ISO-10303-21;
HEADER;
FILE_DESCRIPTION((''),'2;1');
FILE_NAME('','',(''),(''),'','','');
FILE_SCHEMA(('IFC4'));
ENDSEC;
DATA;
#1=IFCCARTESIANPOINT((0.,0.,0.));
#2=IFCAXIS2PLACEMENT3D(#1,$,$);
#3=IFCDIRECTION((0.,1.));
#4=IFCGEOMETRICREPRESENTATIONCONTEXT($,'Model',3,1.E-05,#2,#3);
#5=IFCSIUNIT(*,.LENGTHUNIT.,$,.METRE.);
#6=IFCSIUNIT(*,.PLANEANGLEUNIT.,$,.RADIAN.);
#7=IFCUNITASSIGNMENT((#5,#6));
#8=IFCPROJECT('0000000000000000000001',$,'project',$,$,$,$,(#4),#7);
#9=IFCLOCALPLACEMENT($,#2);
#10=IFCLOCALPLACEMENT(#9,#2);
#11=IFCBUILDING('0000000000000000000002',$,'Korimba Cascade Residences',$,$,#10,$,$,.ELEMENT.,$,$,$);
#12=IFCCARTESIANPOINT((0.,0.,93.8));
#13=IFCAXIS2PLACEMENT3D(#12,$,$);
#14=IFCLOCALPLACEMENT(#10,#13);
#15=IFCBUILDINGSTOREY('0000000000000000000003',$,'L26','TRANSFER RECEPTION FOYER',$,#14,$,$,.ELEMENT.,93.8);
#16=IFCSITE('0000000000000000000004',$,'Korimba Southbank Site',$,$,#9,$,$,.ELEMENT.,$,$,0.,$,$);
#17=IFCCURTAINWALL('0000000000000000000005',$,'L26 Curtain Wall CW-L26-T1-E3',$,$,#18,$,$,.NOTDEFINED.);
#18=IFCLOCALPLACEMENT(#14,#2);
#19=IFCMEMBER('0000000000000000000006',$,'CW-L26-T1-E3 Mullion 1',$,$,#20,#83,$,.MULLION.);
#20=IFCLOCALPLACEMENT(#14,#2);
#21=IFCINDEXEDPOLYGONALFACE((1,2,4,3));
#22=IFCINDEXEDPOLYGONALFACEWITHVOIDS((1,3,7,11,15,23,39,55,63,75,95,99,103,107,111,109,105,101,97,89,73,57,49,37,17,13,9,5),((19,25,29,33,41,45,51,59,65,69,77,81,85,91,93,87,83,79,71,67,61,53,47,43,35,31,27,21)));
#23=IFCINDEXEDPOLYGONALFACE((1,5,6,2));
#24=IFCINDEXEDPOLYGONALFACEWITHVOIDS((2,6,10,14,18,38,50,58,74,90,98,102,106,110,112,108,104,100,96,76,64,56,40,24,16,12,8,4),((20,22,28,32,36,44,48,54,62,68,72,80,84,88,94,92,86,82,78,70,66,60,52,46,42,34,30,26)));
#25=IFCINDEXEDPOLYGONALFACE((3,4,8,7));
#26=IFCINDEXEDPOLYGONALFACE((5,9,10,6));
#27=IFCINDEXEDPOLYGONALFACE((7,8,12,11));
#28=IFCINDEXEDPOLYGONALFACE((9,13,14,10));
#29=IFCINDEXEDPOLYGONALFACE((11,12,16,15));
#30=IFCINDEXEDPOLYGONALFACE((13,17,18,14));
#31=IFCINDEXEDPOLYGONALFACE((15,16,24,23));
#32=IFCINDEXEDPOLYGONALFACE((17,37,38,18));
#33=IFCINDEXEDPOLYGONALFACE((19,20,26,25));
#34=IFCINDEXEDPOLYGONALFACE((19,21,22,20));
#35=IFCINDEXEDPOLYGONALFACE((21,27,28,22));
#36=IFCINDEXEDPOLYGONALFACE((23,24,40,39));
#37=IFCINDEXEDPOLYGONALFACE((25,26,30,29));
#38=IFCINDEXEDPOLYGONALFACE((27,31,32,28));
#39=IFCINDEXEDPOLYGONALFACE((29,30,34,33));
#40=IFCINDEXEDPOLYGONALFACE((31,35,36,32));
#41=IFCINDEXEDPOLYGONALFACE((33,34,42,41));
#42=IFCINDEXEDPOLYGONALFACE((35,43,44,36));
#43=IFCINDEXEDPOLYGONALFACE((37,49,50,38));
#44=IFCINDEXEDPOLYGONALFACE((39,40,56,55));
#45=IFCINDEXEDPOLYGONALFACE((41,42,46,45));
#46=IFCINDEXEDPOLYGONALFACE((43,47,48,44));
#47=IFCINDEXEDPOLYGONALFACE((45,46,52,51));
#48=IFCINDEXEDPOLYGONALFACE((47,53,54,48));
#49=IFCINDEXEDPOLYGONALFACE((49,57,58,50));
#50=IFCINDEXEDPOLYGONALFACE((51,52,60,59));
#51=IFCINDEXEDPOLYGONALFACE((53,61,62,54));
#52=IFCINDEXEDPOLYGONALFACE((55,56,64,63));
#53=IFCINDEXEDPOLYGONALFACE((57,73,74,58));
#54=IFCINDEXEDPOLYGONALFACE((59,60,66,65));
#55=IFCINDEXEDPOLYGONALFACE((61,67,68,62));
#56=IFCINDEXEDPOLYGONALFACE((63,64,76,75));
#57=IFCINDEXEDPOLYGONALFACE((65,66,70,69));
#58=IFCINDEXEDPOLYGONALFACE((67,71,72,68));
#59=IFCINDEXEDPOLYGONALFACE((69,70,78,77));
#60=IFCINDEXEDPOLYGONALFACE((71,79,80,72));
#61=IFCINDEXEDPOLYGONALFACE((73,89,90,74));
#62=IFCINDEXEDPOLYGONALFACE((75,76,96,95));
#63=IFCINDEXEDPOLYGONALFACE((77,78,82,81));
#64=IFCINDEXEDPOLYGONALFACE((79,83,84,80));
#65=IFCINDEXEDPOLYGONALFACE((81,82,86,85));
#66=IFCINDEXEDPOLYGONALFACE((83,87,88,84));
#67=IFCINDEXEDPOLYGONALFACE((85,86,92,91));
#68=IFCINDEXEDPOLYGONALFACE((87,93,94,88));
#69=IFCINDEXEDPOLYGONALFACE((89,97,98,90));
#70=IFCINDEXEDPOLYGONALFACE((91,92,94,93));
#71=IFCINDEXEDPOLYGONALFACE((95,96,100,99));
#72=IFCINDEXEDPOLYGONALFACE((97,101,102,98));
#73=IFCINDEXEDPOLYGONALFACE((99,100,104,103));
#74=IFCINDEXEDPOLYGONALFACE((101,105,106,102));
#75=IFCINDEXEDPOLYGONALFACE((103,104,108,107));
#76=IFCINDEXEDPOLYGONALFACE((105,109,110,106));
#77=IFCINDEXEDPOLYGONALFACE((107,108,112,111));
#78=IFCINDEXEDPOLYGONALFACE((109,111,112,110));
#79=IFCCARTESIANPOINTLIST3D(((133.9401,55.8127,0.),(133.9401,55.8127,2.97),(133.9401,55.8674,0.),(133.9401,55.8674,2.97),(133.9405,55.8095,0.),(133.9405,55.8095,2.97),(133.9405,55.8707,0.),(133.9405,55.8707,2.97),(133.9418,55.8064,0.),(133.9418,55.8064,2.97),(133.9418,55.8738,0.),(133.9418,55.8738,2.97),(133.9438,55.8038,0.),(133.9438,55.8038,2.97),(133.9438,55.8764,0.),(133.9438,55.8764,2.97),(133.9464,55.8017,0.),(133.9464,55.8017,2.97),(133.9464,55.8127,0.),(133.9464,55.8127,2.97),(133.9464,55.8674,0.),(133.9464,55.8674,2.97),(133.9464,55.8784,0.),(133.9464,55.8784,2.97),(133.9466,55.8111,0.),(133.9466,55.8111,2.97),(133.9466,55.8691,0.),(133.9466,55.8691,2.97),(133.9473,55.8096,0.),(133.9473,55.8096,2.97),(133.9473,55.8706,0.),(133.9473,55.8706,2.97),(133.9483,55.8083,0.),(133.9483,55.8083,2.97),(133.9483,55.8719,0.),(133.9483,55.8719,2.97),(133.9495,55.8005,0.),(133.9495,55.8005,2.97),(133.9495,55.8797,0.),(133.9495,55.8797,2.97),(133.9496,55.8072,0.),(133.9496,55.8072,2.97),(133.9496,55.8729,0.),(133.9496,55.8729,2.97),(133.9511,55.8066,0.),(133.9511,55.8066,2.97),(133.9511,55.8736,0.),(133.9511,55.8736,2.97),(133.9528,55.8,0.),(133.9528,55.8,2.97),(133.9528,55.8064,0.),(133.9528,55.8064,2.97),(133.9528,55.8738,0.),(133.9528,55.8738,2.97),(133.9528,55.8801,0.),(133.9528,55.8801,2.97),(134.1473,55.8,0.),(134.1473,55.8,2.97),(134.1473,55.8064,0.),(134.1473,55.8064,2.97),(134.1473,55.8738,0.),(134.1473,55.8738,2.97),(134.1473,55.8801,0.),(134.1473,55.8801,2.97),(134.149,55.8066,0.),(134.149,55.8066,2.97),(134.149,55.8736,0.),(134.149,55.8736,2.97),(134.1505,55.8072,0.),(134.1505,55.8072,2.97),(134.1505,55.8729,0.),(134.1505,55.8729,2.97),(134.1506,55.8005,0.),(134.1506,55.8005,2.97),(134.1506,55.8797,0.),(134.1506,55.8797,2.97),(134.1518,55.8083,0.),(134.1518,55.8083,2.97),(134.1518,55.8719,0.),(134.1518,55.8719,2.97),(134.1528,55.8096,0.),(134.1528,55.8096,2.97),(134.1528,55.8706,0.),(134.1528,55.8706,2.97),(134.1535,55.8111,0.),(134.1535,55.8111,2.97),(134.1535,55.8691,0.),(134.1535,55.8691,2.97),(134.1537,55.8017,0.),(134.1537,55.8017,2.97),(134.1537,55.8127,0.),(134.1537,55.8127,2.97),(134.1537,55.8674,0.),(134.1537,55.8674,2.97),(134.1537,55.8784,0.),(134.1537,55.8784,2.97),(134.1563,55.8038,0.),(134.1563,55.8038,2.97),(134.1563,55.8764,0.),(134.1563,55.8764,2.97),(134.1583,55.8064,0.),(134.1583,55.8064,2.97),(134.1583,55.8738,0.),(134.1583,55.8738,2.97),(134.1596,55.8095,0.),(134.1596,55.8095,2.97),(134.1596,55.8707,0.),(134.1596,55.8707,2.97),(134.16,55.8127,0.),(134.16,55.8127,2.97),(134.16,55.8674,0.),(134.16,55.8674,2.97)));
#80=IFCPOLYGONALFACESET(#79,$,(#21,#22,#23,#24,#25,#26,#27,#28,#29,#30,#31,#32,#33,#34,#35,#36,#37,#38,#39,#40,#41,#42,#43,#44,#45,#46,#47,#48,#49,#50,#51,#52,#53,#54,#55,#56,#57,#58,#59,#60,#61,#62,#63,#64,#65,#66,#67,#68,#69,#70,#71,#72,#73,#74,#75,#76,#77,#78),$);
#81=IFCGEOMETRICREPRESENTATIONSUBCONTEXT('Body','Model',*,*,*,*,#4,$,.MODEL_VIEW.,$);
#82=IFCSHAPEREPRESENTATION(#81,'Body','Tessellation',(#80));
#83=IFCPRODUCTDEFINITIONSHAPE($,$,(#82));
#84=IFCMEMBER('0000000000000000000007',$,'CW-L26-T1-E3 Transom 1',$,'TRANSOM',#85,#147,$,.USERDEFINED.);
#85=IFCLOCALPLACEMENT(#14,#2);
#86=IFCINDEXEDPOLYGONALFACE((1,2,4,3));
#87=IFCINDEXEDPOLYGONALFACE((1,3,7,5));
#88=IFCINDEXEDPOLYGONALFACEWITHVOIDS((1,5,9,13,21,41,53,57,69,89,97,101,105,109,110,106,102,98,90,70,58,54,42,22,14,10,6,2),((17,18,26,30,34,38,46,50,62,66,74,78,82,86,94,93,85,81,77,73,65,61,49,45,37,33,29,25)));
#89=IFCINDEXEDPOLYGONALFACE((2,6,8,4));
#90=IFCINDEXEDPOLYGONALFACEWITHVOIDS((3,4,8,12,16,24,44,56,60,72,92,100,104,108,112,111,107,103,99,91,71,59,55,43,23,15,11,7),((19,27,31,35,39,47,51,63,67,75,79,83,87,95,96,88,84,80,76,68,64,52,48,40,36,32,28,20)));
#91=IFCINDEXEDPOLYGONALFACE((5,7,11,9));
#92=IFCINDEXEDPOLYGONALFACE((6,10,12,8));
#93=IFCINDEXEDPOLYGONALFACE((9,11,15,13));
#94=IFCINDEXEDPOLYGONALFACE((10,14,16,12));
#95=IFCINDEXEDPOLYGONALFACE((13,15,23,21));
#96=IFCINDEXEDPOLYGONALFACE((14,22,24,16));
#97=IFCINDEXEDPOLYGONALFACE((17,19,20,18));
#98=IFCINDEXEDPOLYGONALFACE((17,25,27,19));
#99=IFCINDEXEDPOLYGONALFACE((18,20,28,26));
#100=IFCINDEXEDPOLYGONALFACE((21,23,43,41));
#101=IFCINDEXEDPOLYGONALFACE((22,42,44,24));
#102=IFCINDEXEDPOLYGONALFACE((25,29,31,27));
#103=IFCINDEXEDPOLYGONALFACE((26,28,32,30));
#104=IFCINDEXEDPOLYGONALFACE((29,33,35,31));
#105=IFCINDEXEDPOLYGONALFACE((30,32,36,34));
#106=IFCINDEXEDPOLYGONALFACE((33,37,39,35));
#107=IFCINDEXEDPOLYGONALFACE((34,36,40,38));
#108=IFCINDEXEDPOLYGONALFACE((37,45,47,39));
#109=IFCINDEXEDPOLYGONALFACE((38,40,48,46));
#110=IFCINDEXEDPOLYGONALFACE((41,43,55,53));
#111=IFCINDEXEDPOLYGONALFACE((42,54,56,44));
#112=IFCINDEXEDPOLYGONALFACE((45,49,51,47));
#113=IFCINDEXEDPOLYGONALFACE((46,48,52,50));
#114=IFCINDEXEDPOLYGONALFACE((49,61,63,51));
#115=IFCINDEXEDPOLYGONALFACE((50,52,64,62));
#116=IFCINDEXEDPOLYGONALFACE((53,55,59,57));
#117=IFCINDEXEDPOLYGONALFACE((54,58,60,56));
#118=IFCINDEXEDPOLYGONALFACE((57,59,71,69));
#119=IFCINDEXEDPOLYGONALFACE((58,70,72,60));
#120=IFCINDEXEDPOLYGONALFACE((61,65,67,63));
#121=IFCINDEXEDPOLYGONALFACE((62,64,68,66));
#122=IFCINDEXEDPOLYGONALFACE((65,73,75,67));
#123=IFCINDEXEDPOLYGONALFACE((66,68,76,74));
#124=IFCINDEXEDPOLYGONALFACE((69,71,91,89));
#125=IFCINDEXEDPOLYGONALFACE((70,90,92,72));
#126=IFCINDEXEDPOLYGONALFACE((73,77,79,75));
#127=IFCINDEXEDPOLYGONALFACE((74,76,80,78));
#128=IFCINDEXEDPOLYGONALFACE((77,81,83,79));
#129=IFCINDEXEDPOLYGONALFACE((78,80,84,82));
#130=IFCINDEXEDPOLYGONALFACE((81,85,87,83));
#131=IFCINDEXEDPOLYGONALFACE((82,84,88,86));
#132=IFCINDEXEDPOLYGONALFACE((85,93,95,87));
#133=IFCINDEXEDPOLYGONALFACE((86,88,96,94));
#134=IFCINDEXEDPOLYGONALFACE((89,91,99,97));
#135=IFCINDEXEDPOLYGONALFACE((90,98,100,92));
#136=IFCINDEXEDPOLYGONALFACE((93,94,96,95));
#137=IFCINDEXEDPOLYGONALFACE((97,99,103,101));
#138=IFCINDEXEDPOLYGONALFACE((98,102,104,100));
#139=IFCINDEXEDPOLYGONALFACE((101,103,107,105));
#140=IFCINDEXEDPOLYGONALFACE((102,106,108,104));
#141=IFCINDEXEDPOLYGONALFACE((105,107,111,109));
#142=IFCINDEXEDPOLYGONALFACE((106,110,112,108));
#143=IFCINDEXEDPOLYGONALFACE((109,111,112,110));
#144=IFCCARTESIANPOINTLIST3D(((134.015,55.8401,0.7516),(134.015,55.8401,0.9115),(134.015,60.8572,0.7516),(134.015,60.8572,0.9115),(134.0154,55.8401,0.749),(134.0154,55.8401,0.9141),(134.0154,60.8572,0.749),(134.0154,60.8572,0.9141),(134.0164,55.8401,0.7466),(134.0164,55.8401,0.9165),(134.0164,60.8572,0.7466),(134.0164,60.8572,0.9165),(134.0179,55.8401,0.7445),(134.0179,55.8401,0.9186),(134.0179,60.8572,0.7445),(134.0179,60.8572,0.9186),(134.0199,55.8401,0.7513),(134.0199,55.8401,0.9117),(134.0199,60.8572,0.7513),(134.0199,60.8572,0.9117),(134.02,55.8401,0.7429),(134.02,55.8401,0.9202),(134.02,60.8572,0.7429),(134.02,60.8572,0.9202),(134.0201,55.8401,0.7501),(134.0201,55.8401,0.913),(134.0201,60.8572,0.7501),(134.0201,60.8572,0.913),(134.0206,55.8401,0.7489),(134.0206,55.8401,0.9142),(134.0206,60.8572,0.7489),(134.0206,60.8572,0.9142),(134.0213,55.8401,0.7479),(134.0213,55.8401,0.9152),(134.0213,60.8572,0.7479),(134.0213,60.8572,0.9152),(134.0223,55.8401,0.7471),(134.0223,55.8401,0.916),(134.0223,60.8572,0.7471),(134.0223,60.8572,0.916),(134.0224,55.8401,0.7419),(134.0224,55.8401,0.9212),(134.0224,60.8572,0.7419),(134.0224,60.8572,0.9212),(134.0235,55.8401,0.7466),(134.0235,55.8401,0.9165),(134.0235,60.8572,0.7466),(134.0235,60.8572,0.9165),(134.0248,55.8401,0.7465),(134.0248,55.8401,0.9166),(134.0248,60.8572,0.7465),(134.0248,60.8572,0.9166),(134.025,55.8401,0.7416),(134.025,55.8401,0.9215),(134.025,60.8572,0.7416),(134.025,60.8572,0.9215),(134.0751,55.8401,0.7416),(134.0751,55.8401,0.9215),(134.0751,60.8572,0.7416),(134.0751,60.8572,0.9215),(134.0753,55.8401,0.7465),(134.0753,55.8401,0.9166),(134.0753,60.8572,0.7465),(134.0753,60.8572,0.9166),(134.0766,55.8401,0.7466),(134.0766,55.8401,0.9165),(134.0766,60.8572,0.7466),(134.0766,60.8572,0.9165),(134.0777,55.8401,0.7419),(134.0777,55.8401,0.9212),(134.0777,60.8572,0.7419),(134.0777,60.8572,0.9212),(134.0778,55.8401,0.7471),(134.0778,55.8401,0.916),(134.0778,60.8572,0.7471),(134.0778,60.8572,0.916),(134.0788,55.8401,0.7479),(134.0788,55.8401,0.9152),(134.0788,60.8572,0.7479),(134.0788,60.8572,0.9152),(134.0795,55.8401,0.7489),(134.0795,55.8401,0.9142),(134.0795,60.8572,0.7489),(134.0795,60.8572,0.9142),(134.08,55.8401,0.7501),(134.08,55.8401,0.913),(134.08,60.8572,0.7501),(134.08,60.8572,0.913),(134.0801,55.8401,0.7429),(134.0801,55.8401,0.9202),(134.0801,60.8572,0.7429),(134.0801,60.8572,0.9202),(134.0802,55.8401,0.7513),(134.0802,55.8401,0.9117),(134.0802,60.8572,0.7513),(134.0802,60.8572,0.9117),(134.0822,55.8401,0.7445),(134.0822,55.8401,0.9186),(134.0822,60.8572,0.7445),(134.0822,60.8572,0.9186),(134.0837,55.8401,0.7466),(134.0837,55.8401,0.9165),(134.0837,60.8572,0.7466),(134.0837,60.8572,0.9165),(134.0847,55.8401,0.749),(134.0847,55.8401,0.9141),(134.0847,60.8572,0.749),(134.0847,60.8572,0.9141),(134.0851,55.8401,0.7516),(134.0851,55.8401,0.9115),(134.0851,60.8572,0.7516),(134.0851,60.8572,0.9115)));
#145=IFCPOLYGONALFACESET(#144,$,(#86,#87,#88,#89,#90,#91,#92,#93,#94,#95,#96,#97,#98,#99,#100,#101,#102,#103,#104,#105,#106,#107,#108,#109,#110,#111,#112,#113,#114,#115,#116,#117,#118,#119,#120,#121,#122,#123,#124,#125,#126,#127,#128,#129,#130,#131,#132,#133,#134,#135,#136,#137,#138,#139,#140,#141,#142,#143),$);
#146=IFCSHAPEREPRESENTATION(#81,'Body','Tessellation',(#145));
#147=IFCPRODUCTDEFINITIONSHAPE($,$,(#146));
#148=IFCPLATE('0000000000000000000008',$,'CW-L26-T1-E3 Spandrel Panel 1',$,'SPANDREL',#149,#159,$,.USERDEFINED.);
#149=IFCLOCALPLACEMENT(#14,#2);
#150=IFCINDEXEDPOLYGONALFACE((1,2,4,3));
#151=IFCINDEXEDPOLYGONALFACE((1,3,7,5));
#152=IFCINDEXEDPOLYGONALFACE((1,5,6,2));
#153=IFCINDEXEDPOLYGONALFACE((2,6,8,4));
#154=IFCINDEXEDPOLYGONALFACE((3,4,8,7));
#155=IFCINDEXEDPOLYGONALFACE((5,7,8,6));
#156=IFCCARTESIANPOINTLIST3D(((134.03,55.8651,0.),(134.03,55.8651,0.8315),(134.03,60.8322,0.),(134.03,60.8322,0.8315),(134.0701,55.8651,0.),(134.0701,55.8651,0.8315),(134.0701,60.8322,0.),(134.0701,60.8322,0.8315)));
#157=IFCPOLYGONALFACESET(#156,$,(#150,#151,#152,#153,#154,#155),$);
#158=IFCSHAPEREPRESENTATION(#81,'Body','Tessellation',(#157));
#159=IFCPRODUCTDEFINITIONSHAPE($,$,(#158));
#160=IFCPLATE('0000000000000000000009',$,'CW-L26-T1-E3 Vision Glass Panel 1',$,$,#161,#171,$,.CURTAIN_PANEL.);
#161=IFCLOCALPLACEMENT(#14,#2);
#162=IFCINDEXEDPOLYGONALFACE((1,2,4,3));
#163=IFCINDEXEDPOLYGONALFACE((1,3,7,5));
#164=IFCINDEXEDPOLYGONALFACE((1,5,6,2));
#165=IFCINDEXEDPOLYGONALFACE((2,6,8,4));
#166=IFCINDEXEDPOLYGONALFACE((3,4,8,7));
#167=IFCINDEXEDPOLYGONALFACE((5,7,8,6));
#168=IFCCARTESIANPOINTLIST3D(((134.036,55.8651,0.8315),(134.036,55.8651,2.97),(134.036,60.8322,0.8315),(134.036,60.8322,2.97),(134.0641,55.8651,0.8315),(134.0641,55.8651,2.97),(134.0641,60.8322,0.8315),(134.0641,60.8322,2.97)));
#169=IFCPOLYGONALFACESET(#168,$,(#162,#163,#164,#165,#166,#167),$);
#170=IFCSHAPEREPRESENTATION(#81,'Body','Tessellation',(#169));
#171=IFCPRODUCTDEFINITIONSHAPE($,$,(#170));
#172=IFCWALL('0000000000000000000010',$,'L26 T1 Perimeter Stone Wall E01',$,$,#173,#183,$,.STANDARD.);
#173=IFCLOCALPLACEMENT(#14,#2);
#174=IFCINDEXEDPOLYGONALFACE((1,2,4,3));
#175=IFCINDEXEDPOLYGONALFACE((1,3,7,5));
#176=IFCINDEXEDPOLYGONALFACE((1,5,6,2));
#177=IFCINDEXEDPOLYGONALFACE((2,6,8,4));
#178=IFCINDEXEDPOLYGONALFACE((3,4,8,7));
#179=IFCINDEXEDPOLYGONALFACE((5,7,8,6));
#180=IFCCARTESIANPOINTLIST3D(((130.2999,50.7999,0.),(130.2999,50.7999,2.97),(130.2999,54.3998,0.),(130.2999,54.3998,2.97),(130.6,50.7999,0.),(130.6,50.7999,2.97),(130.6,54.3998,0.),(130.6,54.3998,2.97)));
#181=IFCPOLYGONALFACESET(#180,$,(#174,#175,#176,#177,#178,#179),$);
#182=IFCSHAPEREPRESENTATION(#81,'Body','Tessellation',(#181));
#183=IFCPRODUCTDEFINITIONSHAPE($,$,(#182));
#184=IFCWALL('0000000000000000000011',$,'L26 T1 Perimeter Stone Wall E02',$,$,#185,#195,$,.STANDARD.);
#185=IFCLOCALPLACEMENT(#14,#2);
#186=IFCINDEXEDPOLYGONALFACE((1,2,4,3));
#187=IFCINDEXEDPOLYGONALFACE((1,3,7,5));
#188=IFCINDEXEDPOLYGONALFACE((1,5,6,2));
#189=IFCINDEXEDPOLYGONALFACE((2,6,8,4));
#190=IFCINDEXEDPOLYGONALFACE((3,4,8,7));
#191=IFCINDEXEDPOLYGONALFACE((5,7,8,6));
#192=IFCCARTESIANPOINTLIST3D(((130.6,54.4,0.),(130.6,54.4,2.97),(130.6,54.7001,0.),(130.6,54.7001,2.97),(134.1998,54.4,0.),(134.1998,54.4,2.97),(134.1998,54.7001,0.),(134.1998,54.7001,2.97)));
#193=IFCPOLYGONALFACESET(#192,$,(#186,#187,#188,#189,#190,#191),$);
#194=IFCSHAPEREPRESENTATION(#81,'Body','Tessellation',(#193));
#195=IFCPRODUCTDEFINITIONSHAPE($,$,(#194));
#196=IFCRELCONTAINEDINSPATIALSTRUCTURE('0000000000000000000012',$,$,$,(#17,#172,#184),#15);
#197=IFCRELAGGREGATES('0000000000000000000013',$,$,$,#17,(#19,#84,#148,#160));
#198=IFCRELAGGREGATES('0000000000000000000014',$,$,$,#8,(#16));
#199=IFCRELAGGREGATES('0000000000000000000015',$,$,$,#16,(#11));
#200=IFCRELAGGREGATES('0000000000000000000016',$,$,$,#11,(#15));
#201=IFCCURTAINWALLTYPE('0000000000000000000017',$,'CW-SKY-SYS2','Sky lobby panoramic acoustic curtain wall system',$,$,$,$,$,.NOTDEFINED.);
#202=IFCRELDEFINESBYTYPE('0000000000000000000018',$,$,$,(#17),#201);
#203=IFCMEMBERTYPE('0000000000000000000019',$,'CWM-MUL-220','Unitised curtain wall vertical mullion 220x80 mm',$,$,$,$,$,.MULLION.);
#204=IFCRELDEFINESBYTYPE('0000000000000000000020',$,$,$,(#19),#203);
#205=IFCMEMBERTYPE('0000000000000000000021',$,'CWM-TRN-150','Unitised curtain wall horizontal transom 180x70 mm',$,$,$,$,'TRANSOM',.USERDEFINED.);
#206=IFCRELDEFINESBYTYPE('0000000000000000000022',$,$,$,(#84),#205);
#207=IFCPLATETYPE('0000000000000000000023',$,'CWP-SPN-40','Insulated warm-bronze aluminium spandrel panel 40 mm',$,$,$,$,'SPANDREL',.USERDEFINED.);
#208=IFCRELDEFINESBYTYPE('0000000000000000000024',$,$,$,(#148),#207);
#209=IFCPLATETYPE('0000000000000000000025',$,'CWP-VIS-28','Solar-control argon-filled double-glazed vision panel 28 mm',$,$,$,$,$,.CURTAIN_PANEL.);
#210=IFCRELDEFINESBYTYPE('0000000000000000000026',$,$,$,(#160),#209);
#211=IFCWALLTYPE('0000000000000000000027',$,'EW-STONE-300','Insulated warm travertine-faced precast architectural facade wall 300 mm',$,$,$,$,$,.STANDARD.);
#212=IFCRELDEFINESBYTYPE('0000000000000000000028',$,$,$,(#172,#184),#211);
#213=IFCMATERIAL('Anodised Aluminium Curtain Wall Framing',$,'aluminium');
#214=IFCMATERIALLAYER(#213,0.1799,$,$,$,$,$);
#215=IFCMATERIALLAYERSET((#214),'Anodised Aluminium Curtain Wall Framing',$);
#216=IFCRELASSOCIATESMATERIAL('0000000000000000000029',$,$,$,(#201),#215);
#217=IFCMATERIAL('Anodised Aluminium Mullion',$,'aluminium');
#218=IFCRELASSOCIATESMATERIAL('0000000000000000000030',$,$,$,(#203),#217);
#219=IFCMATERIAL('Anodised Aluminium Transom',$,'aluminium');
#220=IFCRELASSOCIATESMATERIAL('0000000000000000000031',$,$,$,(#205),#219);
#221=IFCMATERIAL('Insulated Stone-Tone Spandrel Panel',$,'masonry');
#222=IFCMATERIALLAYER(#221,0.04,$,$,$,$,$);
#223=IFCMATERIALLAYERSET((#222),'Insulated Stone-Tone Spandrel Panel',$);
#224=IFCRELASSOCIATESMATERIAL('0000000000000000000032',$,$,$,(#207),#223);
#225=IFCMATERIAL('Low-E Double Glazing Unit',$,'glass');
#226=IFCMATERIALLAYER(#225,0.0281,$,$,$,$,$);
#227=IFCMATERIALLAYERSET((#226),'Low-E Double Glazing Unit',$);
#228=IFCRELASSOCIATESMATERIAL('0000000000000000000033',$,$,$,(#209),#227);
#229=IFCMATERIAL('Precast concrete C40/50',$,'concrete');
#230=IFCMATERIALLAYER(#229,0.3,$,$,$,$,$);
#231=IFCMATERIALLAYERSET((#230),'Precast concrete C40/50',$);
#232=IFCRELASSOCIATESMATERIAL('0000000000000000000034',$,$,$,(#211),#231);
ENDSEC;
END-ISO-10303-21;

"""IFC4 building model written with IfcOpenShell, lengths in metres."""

from ifc_helpers import new_model, si_unit, direction, frame, frame_2d, origin, origin_2d, place, context, subcontext, project, spatial, rectangle, hollow_rectangle, extrude, material, layer, layer_set, material_profile, profile_set, type_object, element, aggregate, save


model = new_model("IFC4")

# Units and contexts
model_context = context("Model", 3, precision=1e-05, world=origin(), true_north=direction((0.0, 1.0)))
body_context = subcontext(model_context, "Body", "Model", "MODEL_VIEW")
ifc_project = project(units=[si_unit("LENGTHUNIT", "METRE"), si_unit("PLANEANGLEUNIT", "RADIAN")], contexts=[model_context])

# Site, building, storey
site_placement = place(None, origin())
site = spatial("IfcSite", under=ifc_project, at=site_placement, Name="Korimba Southbank Site", CompositionType="ELEMENT", RefElevation=0.0)
building_placement = place(site_placement, origin())
building = spatial("IfcBuilding", under=site, at=building_placement, Name="Korimba Cascade Residences", CompositionType="ELEMENT")
storey_placement = place(building_placement, frame((0.0, 0.0, 93.8)))
storey = spatial("IfcBuildingStorey", under=building, at=storey_placement, Name="L26", Description="TRANSFER RECEPTION FOYER", CompositionType="ELEMENT", Elevation=93.8)

# Curtain wall, members, plates
ifc_material_1 = material(Name="Anodised Aluminium Curtain Wall Framing", Category="aluminium")
ifc_layer_1 = layer(ifc_material_1, 0.1799)
ifc_layer_set_1 = layer_set([ifc_layer_1], Name="Anodised Aluminium Curtain Wall Framing")
curtain_wall_type = type_object("IfcCurtainWallType", Name="CW-SKY-SYS2", Description="Sky lobby panoramic acoustic curtain wall system", PredefinedType="NOTDEFINED", material=ifc_layer_set_1)
curtain_wall_placement = place(storey_placement, origin())
curtain_wall = element("IfcCurtainWall", 1, at=curtain_wall_placement, inside=storey, type_object=curtain_wall_type, Name="L26 Curtain Wall CW-L26-T1-E3", PredefinedType="NOTDEFINED")
ifc_material_2 = material(Name="Anodised Aluminium Mullion", Category="aluminium")
ifc_material_profile_1 = material_profile(ifc_material_2, hollow_rectangle(XDim=0.0801, YDim=0.22, WallThickness=0.0063, InnerFilletRadius=0.0063, OuterFilletRadius=0.0127, at=origin_2d()), Name="Anodised Aluminium Mullion")
ifc_profile_set_1 = profile_set([ifc_material_profile_1], Name="Anodised Aluminium Mullion")
member_type_1 = type_object("IfcMemberType", Name="CWM-MUL-220", Description="Unitised curtain wall vertical mullion 220x80 mm", PredefinedType="MULLION", material=ifc_profile_set_1)
member_1_placement = place(storey_placement, frame((134.05, 55.8401, 0.0), z_axis=(0.0, 0.0, 1.0), x_axis=(0.0, 1.0, 0.0)))
member_1 = element("IfcMember", 2, at=member_1_placement, type_object=member_type_1, Name="CW-L26-T1-E3 Mullion 1", PredefinedType="MULLION", context=body_context, shape_type="SweptSolid", body=[
    extrude(hollow_rectangle(XDim=0.0801, YDim=0.22, WallThickness=0.0063, InnerFilletRadius=0.0063, OuterFilletRadius=0.0127, at=origin_2d()), origin(), (0.0, 0.0, 1.0), 2.97),
])
ifc_material_3 = material(Name="Anodised Aluminium Transom", Category="aluminium")
ifc_material_profile_2 = material_profile(ifc_material_3, hollow_rectangle(XDim=0.0701, YDim=0.1799, WallThickness=0.0049, InnerFilletRadius=0.0049, OuterFilletRadius=0.01, at=origin_2d()), Name="Anodised Aluminium Transom")
ifc_profile_set_2 = profile_set([ifc_material_profile_2], Name="Anodised Aluminium Transom")
member_type_2 = type_object("IfcMemberType", Name="CWM-TRN-150", Description="Unitised curtain wall horizontal transom 180x70 mm", ElementType="TRANSOM", PredefinedType="USERDEFINED", material=ifc_profile_set_2)
member_2_placement = place(storey_placement, frame((134.05, 55.8401, 0.8315), z_axis=(0.0, 1.0, 0.0), x_axis=(-1.0, 0.0, 0.0)))
member_2 = element("IfcMember", 3, at=member_2_placement, type_object=member_type_2, Name="CW-L26-T1-E3 Transom 1", ObjectType="TRANSOM", PredefinedType="USERDEFINED", context=body_context, shape_type="SweptSolid", body=[
    extrude(hollow_rectangle(XDim=0.0701, YDim=0.1799, WallThickness=0.0049, InnerFilletRadius=0.0049, OuterFilletRadius=0.01, at=origin_2d()), origin(), (0.0, 0.0, 1.0), 5.0171),
])
ifc_material_4 = material(Name="Insulated Stone-Tone Spandrel Panel", Category="masonry")
ifc_layer_2 = layer(ifc_material_4, 0.04)
ifc_layer_set_2 = layer_set([ifc_layer_2], Name="Insulated Stone-Tone Spandrel Panel")
plate_type_1 = type_object("IfcPlateType", Name="CWP-SPN-40", Description="Insulated warm-bronze aluminium spandrel panel 40 mm", ElementType="SPANDREL", PredefinedType="USERDEFINED", material=ifc_layer_set_2)
plate_1_placement = place(storey_placement, frame((134.05, 58.3486, 0.0), z_axis=(0.0, 0.0, 1.0), x_axis=(0.0, 1.0, 0.0)))
plate_1 = element("IfcPlate", 4, at=plate_1_placement, type_object=plate_type_1, Name="CW-L26-T1-E3 Spandrel Panel 1", ObjectType="SPANDREL", PredefinedType="USERDEFINED", context=body_context, shape_type="SweptSolid", body=[
    extrude(rectangle(XDim=4.967, YDim=0.04, at=origin_2d()), origin(), (0.0, 0.0, 1.0), 0.8315),
])
ifc_material_5 = material(Name="Low-E Double Glazing Unit", Category="glass")
ifc_layer_3 = layer(ifc_material_5, 0.0281)
ifc_layer_set_3 = layer_set([ifc_layer_3], Name="Low-E Double Glazing Unit")
plate_type_2 = type_object("IfcPlateType", Name="CWP-VIS-28", Description="Solar-control argon-filled double-glazed vision panel 28 mm", PredefinedType="CURTAIN_PANEL", material=ifc_layer_set_3)
plate_2_placement = place(storey_placement, frame((134.05, 58.3486, 0.8315), z_axis=(0.0, 0.0, 1.0), x_axis=(0.0, 1.0, 0.0)))
plate_2 = element("IfcPlate", 5, at=plate_2_placement, type_object=plate_type_2, Name="CW-L26-T1-E3 Vision Glass Panel 1", PredefinedType="CURTAIN_PANEL", context=body_context, shape_type="SweptSolid", body=[
    extrude(rectangle(XDim=4.967, YDim=0.0281, at=origin_2d()), origin(), (0.0, 0.0, 1.0), 2.1384),
])
aggregate(curtain_wall, [member_1, member_2, plate_1, plate_2])

# Walls
ifc_material_6 = material(Name="Precast concrete C40/50", Category="concrete")
ifc_layer_4 = layer(ifc_material_6, 0.3)
ifc_layer_set_4 = layer_set([ifc_layer_4], Name="Precast concrete C40/50")
wall_type_1 = type_object("IfcWallType", Name="EW-STONE-300", Description="Insulated warm travertine-faced precast architectural facade wall 300 mm", PredefinedType="STANDARD", material=ifc_layer_set_4)
for number, where, z_axis, x_axis, name in (
    (6, (130.45, 50.8, 0.0), (0.0, 0.0, 1.0), (0.0, 1.0, 0.0), "L26 T1 Perimeter Stone Wall E01"),
    (7, (130.6001, 54.55, 0.0), (0.0, 0.0, 1.0), (1.0, 0.0, 0.0), "L26 T1 Perimeter Stone Wall E02"),
):
    element("IfcWall", number, at=place(storey_placement, frame(where, z_axis=z_axis, x_axis=x_axis)), inside=storey, type_object=wall_type_1, Name=name, PredefinedType="STANDARD", context=body_context, shape_type="SweptSolid", body=[
        extrude(rectangle(XDim=3.5999, YDim=0.3, at=frame_2d((1.7998, 0.0))), origin(), (0.0, 0.0, 1.0), 2.97),
    ])

save(model, "model.ifc")
